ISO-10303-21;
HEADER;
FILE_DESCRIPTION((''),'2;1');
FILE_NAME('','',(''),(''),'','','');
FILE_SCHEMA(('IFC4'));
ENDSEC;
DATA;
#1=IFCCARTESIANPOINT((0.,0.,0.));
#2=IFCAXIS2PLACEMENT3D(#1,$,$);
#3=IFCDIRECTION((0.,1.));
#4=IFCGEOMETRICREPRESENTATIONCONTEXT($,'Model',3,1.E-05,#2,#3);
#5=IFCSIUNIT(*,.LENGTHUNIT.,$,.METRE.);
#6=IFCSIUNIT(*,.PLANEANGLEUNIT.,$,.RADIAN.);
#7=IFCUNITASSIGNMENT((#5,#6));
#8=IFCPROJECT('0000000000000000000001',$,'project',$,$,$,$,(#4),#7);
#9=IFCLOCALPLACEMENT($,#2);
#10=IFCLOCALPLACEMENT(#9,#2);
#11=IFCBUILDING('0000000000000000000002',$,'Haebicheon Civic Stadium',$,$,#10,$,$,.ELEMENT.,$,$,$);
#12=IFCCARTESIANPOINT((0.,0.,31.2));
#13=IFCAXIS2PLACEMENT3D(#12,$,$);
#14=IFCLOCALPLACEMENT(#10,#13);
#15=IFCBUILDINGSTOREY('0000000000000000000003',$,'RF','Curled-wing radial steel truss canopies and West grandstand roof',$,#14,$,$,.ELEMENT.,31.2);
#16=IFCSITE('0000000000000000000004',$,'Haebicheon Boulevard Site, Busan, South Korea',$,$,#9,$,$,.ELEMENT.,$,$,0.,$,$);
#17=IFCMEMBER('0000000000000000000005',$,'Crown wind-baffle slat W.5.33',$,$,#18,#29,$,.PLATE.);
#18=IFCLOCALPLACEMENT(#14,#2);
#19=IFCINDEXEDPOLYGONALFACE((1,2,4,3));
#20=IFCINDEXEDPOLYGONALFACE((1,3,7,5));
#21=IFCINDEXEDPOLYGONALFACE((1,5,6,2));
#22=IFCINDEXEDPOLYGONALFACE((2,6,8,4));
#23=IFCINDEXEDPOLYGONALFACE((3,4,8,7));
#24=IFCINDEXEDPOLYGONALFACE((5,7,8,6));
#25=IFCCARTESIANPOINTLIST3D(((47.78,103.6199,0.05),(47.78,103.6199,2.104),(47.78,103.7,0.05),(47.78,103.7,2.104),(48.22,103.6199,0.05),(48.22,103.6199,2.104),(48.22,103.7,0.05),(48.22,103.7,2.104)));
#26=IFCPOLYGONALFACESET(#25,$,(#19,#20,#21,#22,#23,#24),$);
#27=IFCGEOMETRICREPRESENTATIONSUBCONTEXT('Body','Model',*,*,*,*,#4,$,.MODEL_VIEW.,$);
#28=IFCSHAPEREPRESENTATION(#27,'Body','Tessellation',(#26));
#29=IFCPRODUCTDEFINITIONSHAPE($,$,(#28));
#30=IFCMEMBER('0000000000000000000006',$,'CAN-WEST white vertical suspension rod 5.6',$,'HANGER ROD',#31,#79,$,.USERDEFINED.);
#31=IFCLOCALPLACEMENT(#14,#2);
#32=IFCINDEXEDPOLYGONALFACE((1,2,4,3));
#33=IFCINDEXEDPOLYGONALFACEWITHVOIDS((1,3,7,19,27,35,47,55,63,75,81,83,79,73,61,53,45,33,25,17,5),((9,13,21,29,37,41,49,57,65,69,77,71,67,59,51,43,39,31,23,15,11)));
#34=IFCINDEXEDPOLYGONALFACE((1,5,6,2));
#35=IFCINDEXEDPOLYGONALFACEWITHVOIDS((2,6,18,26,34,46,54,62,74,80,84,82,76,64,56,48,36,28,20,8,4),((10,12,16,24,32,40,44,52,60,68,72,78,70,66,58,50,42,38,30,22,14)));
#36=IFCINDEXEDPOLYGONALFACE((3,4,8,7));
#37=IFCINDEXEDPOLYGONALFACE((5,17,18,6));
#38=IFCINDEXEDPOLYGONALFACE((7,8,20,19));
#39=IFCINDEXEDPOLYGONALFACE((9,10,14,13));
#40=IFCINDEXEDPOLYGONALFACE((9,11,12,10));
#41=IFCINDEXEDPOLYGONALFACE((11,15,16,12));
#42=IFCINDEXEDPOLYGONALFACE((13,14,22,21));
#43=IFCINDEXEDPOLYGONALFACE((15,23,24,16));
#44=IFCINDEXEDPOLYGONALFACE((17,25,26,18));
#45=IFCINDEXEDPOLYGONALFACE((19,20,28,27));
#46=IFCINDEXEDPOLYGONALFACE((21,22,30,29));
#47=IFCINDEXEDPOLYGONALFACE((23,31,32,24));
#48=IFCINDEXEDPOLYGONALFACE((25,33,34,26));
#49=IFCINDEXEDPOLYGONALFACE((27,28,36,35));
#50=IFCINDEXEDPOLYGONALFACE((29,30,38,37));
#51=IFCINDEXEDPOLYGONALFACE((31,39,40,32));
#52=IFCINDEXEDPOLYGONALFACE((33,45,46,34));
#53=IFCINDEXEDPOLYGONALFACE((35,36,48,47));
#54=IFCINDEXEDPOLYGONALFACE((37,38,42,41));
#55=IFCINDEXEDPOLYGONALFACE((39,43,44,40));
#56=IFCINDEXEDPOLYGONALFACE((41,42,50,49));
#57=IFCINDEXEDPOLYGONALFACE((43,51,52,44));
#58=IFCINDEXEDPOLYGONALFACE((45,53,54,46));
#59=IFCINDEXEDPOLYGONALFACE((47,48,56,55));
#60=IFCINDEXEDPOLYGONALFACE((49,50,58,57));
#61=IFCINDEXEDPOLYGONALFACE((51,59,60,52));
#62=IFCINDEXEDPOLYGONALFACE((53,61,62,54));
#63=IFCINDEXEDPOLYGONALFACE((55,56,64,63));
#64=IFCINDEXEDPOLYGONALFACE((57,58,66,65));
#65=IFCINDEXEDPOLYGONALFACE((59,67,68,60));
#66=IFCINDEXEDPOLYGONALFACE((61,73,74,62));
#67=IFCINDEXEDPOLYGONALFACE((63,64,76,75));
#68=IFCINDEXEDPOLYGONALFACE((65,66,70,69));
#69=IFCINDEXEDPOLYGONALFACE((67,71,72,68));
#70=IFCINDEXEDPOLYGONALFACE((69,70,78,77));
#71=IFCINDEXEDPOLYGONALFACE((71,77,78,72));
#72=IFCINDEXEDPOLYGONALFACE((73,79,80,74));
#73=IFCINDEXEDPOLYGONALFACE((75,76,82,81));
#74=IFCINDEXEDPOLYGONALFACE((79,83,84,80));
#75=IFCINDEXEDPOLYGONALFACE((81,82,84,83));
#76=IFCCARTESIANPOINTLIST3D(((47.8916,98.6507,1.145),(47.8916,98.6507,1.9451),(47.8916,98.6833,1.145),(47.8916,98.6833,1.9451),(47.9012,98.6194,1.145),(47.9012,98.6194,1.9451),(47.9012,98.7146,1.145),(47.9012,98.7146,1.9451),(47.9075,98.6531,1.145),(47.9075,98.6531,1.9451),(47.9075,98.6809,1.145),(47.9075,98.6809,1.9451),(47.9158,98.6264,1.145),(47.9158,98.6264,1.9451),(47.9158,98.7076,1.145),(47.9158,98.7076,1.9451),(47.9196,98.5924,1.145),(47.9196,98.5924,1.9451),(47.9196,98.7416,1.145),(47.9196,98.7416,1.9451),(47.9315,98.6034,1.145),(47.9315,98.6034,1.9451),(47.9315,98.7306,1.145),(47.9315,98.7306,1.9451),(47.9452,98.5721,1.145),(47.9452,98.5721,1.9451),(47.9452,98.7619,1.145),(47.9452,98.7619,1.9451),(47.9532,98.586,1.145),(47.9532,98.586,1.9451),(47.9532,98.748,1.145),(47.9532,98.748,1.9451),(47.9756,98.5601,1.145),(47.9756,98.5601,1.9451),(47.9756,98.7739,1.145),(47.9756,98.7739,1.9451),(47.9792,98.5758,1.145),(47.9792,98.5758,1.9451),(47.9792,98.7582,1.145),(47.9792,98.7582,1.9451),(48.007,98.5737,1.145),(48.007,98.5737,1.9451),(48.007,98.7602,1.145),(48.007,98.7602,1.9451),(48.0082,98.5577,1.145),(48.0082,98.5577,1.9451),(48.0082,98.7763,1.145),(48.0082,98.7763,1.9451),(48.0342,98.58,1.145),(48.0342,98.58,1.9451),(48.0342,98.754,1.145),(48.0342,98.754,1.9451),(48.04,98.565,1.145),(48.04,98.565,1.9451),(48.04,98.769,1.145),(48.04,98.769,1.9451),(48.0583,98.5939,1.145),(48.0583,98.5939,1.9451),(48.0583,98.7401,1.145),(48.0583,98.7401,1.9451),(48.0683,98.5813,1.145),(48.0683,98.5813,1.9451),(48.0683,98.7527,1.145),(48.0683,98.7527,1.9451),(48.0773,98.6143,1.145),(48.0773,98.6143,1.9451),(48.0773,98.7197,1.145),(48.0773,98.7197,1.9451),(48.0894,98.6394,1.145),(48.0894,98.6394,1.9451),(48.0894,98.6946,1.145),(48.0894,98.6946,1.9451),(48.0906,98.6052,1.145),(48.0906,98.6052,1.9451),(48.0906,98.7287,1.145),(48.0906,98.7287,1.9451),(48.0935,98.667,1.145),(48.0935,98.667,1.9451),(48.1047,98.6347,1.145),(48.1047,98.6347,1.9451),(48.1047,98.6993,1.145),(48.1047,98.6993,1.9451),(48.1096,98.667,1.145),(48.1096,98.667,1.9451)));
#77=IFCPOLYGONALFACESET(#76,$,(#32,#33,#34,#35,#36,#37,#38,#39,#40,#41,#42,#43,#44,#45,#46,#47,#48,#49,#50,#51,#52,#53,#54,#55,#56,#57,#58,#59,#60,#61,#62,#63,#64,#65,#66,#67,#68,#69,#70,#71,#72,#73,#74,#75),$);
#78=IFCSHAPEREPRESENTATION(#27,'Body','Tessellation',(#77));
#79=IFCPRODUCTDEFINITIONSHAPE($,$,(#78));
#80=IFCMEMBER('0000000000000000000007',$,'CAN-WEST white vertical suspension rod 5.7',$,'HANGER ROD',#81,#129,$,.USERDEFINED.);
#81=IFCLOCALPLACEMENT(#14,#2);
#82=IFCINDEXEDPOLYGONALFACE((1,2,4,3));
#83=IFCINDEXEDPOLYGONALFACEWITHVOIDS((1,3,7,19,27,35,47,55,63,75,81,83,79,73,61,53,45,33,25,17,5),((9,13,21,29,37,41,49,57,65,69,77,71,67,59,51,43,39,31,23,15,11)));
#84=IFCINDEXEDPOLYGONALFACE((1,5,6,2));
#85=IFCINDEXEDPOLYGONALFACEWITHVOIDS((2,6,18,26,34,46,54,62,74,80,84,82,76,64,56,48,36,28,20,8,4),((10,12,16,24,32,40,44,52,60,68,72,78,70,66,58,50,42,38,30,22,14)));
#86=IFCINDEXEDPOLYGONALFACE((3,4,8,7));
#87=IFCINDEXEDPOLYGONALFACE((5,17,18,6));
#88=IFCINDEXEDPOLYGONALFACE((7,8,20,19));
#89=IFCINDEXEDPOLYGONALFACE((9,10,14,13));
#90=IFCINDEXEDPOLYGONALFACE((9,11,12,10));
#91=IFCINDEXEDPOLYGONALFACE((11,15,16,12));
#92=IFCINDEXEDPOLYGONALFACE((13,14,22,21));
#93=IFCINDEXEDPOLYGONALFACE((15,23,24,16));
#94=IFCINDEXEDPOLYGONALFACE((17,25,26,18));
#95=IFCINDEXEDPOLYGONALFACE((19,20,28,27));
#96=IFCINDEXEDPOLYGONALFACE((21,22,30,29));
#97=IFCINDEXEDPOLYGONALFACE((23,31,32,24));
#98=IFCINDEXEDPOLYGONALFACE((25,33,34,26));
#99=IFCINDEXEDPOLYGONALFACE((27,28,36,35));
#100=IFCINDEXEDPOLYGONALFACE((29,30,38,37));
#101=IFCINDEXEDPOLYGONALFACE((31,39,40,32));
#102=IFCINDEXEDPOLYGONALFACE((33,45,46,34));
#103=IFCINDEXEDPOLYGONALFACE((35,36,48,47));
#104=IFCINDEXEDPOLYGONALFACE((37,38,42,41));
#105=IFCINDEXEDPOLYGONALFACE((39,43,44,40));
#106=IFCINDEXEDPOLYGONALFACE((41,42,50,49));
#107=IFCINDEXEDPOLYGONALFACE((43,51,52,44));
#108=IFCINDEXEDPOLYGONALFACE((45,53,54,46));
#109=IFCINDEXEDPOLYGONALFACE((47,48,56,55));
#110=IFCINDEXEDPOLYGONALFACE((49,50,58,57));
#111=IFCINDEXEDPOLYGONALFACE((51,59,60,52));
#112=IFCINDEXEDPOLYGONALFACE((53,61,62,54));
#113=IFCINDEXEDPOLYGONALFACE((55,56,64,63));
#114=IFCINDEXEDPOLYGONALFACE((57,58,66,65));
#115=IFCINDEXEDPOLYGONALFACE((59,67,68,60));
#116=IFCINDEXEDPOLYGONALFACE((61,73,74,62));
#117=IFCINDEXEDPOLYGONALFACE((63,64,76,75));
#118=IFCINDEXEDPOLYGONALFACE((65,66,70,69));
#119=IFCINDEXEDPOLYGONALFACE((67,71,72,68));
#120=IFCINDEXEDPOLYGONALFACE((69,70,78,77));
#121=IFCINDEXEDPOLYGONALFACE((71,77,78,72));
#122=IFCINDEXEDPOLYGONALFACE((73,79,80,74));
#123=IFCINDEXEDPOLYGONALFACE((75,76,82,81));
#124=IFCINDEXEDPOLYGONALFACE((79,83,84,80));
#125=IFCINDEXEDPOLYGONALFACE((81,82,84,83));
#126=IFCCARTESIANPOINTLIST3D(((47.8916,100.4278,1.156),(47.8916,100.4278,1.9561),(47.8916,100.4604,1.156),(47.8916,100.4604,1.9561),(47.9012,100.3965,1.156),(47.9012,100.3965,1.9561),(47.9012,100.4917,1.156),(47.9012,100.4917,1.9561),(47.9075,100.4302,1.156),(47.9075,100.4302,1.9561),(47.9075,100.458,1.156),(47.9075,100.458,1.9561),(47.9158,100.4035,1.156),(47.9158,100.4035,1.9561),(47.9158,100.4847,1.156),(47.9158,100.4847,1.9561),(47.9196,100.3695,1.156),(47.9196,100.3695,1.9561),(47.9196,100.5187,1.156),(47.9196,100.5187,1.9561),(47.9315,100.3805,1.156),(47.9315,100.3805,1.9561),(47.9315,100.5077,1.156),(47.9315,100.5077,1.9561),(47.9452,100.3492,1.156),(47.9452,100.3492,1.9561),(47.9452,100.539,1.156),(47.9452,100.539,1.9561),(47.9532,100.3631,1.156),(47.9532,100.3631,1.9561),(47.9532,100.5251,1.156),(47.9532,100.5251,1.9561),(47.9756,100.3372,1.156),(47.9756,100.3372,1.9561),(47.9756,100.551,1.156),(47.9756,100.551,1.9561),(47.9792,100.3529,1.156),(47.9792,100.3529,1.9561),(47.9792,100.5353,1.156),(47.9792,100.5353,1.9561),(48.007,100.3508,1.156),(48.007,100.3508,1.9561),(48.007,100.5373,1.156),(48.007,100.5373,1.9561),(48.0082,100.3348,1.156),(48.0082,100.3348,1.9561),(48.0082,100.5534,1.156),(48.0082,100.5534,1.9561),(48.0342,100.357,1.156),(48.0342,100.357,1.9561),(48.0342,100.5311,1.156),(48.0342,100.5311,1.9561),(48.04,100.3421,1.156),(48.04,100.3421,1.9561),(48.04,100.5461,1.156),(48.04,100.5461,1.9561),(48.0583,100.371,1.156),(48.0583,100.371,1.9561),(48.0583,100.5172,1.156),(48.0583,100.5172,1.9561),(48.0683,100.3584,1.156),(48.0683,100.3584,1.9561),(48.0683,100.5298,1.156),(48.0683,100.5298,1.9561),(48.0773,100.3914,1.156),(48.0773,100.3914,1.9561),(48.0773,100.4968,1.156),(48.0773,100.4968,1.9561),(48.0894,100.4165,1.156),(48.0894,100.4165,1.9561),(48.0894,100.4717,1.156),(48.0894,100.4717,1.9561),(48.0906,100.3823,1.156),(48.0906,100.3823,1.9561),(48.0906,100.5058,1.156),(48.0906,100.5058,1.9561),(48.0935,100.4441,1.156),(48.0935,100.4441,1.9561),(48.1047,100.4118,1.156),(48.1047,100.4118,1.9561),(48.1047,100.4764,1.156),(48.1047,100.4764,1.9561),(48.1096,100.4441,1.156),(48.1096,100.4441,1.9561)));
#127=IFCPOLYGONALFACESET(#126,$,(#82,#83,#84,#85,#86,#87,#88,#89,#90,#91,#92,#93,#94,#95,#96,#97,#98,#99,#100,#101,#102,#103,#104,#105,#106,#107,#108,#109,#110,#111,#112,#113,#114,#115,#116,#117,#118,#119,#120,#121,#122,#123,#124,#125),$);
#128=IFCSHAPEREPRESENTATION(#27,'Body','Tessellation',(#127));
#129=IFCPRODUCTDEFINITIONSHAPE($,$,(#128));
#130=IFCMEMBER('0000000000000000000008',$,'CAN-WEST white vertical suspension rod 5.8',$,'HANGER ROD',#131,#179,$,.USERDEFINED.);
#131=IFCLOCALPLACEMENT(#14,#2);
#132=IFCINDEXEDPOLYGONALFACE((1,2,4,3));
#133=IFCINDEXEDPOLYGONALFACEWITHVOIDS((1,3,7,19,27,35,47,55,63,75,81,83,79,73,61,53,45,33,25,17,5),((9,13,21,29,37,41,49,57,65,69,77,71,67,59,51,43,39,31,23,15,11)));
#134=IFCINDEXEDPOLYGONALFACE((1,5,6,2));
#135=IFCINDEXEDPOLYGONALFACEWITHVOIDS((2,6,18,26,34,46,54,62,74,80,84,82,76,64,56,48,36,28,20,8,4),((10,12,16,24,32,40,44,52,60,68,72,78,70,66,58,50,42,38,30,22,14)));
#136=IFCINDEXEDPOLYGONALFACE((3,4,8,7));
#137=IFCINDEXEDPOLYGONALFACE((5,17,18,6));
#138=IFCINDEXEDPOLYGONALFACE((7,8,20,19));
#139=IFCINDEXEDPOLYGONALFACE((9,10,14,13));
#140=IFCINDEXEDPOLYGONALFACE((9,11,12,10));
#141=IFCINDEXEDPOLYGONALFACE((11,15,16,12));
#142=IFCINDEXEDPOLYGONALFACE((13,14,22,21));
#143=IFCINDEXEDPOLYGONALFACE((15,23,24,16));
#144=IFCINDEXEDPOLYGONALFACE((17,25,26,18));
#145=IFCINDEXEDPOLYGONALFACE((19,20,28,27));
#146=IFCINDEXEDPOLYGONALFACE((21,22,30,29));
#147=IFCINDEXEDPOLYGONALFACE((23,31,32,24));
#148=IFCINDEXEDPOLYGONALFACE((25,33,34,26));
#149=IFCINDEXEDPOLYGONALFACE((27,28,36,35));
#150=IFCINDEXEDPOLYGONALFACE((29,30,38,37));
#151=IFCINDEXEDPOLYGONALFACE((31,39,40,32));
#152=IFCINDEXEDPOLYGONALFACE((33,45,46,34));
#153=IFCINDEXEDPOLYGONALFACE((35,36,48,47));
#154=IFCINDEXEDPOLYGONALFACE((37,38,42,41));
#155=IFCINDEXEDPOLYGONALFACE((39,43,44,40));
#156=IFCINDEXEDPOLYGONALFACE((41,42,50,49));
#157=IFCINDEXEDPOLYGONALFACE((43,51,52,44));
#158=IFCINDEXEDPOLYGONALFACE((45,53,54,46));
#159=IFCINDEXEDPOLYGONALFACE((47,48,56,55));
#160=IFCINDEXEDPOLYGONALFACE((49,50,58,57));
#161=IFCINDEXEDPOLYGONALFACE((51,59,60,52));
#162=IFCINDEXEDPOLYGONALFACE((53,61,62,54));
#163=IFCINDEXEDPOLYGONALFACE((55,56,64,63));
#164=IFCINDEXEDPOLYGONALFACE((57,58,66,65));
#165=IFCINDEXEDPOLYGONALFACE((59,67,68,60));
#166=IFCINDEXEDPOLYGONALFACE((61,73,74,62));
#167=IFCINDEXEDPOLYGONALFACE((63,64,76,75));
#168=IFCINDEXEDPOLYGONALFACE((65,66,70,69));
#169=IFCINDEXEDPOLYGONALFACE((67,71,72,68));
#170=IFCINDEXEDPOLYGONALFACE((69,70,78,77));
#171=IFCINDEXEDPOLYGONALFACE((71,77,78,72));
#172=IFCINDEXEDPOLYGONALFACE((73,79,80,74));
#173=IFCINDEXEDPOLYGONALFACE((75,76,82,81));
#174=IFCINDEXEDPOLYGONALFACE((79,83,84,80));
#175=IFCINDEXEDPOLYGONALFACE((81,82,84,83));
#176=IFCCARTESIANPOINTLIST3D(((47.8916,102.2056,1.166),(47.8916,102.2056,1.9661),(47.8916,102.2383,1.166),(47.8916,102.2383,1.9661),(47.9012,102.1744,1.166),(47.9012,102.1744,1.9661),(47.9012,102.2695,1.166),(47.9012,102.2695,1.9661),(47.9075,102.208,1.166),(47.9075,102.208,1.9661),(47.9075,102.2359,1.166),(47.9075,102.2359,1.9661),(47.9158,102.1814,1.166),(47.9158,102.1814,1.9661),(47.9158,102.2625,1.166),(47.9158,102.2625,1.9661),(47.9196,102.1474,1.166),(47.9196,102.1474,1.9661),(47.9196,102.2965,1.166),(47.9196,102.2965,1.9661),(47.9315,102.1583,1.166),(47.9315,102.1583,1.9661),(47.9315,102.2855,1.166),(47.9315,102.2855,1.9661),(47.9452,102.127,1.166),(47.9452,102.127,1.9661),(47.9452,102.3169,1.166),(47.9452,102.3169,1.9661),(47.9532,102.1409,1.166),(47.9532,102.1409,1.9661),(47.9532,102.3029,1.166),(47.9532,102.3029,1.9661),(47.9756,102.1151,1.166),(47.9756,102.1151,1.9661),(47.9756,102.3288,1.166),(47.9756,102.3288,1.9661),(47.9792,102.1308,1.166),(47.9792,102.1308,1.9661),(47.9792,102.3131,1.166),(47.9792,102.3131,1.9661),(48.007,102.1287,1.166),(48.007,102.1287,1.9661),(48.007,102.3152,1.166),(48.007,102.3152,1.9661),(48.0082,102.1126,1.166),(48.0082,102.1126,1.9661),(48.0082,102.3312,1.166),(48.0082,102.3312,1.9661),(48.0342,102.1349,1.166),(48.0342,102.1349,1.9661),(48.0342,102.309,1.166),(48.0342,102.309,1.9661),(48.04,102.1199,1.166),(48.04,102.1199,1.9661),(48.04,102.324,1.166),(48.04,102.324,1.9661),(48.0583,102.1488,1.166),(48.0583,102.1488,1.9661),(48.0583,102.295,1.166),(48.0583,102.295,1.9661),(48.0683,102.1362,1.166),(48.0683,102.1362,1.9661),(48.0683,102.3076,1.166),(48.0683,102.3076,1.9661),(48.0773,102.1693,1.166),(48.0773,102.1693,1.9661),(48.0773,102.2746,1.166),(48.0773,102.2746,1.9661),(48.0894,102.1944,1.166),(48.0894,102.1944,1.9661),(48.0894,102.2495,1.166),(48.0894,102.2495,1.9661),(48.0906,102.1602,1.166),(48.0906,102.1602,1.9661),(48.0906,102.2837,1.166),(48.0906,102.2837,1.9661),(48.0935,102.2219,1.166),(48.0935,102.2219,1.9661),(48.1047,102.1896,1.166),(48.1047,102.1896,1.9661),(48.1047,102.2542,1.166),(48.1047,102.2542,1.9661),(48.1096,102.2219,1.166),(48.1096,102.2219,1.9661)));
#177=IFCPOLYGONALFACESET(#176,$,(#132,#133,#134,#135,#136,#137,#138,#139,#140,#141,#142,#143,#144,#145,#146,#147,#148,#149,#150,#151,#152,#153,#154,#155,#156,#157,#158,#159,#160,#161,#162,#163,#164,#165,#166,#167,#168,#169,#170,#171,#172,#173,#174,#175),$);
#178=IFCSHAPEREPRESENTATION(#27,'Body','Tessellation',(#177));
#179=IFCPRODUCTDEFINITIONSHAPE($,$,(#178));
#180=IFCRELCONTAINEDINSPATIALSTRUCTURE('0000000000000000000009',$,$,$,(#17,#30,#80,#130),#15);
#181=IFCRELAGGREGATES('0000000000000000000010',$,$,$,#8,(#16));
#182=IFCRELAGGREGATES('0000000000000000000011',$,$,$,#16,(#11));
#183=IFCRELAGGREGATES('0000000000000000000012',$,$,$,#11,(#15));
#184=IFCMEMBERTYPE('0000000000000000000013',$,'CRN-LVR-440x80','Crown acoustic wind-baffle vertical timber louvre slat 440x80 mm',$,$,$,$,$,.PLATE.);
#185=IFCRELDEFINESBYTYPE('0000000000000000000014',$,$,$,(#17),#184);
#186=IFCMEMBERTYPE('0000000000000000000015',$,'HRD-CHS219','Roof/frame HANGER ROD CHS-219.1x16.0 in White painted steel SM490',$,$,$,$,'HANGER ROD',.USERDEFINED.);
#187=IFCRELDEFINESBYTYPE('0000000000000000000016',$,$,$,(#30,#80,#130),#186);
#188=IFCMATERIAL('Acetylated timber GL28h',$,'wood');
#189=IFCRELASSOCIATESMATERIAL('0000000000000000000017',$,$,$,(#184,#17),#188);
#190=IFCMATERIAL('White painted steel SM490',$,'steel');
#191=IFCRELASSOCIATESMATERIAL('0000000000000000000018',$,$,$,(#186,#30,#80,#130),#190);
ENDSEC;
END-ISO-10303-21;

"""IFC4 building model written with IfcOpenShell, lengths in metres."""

from ifc_helpers import new_model, si_unit, direction, frame, origin, origin_2d, place, context, subcontext, project, spatial, rectangle, hollow_circle, extrude, material, material_profile, profile_set, type_object, element, save


model = new_model("IFC4")

# Units and contexts
model_context = context("Model", 3, precision=1e-05, world=origin(), true_north=direction((0.0, 1.0)))
body_context = subcontext(model_context, "Body", "Model", "MODEL_VIEW")
ifc_project = project(units=[si_unit("LENGTHUNIT", "METRE"), si_unit("PLANEANGLEUNIT", "RADIAN")], contexts=[model_context])

# Site, building, storey
site_placement = place(None, origin())
site = spatial("IfcSite", under=ifc_project, at=site_placement, Name="Haebicheon Boulevard Site, Busan, South Korea", CompositionType="ELEMENT", RefElevation=0.0)
building_placement = place(site_placement, origin())
building = spatial("IfcBuilding", under=site, at=building_placement, Name="Haebicheon Civic Stadium", CompositionType="ELEMENT")
storey_placement = place(building_placement, frame((0.0, 0.0, 31.2)))
storey = spatial("IfcBuildingStorey", under=building, at=storey_placement, Name="RF", Description="Curled-wing radial steel truss canopies and West grandstand roof", CompositionType="ELEMENT", Elevation=31.2)

# Members
ifc_material_1 = material(Name="Acetylated timber GL28h", Category="wood")
ifc_material_profile_1 = material_profile(ifc_material_1, rectangle(XDim=0.0801, YDim=0.4399, at=origin_2d()), Name="TMB-LOUV-80x440")
ifc_profile_set_1 = profile_set([ifc_material_profile_1], Name="Acetylated timber GL28h")
member_type_1 = type_object("IfcMemberType", Name="CRN-LVR-440x80", Description="Crown acoustic wind-baffle vertical timber louvre slat 440x80 mm", PredefinedType="PLATE", material=ifc_profile_set_1)
member_1_placement = place(storey_placement, frame((48.0, 103.6599, 0.05), z_axis=(0.0, 0.0, 1.0), x_axis=(0.0, 1.0, 0.0)))
element("IfcMember", 1, at=member_1_placement, inside=storey, type_object=member_type_1, material=ifc_profile_set_1, Name="Crown wind-baffle slat W.5.33", PredefinedType="PLATE", context=body_context, shape_type="SweptSolid", body=[
    extrude(rectangle(XDim=0.0801, YDim=0.4399, at=origin_2d()), origin(), (0.0, 0.0, 1.0), 2.054),
])
ifc_material_2 = material(Name="White painted steel SM490", Category="steel")
ifc_material_profile_2 = material_profile(ifc_material_2, hollow_circle(Radius=0.1096, WallThickness=0.0161, at=origin_2d()), Name="CHS-219.1x16.0")
ifc_profile_set_2 = profile_set([ifc_material_profile_2], Name="White painted steel SM490")
member_type_2 = type_object("IfcMemberType", Name="HRD-CHS219", Description="Roof/frame HANGER ROD CHS-219.1x16.0 in White painted steel SM490", ElementType="HANGER ROD", PredefinedType="USERDEFINED", material=ifc_profile_set_2)
for number, where, z_axis, x_axis, name in (
    (2, (48.0, 98.667, 1.145), (0.0, 0.0, 1.0), (1.0, 0.0, 0.0), "CAN-WEST white vertical suspension rod 5.6"),
    (3, (48.0, 100.4441, 1.156), (0.0, 0.0, 1.0), (1.0, 0.0, 0.0), "CAN-WEST white vertical suspension rod 5.7"),
    (4, (48.0, 102.2219, 1.166), (0.0, 0.0, 1.0), (1.0, 0.0, 0.0), "CAN-WEST white vertical suspension rod 5.8"),
):
    element("IfcMember", number, at=place(storey_placement, frame(where, z_axis=z_axis, x_axis=x_axis)), inside=storey, type_object=member_type_2, material=ifc_profile_set_2, Name=name, ObjectType="HANGER ROD", PredefinedType="USERDEFINED", context=body_context, shape_type="SweptSolid", body=[
        extrude(hollow_circle(Radius=0.1096, WallThickness=0.0161, at=origin_2d()), origin(), (0.0, 0.0, 1.0), 0.8),
    ])

save(model, "model.ifc")
